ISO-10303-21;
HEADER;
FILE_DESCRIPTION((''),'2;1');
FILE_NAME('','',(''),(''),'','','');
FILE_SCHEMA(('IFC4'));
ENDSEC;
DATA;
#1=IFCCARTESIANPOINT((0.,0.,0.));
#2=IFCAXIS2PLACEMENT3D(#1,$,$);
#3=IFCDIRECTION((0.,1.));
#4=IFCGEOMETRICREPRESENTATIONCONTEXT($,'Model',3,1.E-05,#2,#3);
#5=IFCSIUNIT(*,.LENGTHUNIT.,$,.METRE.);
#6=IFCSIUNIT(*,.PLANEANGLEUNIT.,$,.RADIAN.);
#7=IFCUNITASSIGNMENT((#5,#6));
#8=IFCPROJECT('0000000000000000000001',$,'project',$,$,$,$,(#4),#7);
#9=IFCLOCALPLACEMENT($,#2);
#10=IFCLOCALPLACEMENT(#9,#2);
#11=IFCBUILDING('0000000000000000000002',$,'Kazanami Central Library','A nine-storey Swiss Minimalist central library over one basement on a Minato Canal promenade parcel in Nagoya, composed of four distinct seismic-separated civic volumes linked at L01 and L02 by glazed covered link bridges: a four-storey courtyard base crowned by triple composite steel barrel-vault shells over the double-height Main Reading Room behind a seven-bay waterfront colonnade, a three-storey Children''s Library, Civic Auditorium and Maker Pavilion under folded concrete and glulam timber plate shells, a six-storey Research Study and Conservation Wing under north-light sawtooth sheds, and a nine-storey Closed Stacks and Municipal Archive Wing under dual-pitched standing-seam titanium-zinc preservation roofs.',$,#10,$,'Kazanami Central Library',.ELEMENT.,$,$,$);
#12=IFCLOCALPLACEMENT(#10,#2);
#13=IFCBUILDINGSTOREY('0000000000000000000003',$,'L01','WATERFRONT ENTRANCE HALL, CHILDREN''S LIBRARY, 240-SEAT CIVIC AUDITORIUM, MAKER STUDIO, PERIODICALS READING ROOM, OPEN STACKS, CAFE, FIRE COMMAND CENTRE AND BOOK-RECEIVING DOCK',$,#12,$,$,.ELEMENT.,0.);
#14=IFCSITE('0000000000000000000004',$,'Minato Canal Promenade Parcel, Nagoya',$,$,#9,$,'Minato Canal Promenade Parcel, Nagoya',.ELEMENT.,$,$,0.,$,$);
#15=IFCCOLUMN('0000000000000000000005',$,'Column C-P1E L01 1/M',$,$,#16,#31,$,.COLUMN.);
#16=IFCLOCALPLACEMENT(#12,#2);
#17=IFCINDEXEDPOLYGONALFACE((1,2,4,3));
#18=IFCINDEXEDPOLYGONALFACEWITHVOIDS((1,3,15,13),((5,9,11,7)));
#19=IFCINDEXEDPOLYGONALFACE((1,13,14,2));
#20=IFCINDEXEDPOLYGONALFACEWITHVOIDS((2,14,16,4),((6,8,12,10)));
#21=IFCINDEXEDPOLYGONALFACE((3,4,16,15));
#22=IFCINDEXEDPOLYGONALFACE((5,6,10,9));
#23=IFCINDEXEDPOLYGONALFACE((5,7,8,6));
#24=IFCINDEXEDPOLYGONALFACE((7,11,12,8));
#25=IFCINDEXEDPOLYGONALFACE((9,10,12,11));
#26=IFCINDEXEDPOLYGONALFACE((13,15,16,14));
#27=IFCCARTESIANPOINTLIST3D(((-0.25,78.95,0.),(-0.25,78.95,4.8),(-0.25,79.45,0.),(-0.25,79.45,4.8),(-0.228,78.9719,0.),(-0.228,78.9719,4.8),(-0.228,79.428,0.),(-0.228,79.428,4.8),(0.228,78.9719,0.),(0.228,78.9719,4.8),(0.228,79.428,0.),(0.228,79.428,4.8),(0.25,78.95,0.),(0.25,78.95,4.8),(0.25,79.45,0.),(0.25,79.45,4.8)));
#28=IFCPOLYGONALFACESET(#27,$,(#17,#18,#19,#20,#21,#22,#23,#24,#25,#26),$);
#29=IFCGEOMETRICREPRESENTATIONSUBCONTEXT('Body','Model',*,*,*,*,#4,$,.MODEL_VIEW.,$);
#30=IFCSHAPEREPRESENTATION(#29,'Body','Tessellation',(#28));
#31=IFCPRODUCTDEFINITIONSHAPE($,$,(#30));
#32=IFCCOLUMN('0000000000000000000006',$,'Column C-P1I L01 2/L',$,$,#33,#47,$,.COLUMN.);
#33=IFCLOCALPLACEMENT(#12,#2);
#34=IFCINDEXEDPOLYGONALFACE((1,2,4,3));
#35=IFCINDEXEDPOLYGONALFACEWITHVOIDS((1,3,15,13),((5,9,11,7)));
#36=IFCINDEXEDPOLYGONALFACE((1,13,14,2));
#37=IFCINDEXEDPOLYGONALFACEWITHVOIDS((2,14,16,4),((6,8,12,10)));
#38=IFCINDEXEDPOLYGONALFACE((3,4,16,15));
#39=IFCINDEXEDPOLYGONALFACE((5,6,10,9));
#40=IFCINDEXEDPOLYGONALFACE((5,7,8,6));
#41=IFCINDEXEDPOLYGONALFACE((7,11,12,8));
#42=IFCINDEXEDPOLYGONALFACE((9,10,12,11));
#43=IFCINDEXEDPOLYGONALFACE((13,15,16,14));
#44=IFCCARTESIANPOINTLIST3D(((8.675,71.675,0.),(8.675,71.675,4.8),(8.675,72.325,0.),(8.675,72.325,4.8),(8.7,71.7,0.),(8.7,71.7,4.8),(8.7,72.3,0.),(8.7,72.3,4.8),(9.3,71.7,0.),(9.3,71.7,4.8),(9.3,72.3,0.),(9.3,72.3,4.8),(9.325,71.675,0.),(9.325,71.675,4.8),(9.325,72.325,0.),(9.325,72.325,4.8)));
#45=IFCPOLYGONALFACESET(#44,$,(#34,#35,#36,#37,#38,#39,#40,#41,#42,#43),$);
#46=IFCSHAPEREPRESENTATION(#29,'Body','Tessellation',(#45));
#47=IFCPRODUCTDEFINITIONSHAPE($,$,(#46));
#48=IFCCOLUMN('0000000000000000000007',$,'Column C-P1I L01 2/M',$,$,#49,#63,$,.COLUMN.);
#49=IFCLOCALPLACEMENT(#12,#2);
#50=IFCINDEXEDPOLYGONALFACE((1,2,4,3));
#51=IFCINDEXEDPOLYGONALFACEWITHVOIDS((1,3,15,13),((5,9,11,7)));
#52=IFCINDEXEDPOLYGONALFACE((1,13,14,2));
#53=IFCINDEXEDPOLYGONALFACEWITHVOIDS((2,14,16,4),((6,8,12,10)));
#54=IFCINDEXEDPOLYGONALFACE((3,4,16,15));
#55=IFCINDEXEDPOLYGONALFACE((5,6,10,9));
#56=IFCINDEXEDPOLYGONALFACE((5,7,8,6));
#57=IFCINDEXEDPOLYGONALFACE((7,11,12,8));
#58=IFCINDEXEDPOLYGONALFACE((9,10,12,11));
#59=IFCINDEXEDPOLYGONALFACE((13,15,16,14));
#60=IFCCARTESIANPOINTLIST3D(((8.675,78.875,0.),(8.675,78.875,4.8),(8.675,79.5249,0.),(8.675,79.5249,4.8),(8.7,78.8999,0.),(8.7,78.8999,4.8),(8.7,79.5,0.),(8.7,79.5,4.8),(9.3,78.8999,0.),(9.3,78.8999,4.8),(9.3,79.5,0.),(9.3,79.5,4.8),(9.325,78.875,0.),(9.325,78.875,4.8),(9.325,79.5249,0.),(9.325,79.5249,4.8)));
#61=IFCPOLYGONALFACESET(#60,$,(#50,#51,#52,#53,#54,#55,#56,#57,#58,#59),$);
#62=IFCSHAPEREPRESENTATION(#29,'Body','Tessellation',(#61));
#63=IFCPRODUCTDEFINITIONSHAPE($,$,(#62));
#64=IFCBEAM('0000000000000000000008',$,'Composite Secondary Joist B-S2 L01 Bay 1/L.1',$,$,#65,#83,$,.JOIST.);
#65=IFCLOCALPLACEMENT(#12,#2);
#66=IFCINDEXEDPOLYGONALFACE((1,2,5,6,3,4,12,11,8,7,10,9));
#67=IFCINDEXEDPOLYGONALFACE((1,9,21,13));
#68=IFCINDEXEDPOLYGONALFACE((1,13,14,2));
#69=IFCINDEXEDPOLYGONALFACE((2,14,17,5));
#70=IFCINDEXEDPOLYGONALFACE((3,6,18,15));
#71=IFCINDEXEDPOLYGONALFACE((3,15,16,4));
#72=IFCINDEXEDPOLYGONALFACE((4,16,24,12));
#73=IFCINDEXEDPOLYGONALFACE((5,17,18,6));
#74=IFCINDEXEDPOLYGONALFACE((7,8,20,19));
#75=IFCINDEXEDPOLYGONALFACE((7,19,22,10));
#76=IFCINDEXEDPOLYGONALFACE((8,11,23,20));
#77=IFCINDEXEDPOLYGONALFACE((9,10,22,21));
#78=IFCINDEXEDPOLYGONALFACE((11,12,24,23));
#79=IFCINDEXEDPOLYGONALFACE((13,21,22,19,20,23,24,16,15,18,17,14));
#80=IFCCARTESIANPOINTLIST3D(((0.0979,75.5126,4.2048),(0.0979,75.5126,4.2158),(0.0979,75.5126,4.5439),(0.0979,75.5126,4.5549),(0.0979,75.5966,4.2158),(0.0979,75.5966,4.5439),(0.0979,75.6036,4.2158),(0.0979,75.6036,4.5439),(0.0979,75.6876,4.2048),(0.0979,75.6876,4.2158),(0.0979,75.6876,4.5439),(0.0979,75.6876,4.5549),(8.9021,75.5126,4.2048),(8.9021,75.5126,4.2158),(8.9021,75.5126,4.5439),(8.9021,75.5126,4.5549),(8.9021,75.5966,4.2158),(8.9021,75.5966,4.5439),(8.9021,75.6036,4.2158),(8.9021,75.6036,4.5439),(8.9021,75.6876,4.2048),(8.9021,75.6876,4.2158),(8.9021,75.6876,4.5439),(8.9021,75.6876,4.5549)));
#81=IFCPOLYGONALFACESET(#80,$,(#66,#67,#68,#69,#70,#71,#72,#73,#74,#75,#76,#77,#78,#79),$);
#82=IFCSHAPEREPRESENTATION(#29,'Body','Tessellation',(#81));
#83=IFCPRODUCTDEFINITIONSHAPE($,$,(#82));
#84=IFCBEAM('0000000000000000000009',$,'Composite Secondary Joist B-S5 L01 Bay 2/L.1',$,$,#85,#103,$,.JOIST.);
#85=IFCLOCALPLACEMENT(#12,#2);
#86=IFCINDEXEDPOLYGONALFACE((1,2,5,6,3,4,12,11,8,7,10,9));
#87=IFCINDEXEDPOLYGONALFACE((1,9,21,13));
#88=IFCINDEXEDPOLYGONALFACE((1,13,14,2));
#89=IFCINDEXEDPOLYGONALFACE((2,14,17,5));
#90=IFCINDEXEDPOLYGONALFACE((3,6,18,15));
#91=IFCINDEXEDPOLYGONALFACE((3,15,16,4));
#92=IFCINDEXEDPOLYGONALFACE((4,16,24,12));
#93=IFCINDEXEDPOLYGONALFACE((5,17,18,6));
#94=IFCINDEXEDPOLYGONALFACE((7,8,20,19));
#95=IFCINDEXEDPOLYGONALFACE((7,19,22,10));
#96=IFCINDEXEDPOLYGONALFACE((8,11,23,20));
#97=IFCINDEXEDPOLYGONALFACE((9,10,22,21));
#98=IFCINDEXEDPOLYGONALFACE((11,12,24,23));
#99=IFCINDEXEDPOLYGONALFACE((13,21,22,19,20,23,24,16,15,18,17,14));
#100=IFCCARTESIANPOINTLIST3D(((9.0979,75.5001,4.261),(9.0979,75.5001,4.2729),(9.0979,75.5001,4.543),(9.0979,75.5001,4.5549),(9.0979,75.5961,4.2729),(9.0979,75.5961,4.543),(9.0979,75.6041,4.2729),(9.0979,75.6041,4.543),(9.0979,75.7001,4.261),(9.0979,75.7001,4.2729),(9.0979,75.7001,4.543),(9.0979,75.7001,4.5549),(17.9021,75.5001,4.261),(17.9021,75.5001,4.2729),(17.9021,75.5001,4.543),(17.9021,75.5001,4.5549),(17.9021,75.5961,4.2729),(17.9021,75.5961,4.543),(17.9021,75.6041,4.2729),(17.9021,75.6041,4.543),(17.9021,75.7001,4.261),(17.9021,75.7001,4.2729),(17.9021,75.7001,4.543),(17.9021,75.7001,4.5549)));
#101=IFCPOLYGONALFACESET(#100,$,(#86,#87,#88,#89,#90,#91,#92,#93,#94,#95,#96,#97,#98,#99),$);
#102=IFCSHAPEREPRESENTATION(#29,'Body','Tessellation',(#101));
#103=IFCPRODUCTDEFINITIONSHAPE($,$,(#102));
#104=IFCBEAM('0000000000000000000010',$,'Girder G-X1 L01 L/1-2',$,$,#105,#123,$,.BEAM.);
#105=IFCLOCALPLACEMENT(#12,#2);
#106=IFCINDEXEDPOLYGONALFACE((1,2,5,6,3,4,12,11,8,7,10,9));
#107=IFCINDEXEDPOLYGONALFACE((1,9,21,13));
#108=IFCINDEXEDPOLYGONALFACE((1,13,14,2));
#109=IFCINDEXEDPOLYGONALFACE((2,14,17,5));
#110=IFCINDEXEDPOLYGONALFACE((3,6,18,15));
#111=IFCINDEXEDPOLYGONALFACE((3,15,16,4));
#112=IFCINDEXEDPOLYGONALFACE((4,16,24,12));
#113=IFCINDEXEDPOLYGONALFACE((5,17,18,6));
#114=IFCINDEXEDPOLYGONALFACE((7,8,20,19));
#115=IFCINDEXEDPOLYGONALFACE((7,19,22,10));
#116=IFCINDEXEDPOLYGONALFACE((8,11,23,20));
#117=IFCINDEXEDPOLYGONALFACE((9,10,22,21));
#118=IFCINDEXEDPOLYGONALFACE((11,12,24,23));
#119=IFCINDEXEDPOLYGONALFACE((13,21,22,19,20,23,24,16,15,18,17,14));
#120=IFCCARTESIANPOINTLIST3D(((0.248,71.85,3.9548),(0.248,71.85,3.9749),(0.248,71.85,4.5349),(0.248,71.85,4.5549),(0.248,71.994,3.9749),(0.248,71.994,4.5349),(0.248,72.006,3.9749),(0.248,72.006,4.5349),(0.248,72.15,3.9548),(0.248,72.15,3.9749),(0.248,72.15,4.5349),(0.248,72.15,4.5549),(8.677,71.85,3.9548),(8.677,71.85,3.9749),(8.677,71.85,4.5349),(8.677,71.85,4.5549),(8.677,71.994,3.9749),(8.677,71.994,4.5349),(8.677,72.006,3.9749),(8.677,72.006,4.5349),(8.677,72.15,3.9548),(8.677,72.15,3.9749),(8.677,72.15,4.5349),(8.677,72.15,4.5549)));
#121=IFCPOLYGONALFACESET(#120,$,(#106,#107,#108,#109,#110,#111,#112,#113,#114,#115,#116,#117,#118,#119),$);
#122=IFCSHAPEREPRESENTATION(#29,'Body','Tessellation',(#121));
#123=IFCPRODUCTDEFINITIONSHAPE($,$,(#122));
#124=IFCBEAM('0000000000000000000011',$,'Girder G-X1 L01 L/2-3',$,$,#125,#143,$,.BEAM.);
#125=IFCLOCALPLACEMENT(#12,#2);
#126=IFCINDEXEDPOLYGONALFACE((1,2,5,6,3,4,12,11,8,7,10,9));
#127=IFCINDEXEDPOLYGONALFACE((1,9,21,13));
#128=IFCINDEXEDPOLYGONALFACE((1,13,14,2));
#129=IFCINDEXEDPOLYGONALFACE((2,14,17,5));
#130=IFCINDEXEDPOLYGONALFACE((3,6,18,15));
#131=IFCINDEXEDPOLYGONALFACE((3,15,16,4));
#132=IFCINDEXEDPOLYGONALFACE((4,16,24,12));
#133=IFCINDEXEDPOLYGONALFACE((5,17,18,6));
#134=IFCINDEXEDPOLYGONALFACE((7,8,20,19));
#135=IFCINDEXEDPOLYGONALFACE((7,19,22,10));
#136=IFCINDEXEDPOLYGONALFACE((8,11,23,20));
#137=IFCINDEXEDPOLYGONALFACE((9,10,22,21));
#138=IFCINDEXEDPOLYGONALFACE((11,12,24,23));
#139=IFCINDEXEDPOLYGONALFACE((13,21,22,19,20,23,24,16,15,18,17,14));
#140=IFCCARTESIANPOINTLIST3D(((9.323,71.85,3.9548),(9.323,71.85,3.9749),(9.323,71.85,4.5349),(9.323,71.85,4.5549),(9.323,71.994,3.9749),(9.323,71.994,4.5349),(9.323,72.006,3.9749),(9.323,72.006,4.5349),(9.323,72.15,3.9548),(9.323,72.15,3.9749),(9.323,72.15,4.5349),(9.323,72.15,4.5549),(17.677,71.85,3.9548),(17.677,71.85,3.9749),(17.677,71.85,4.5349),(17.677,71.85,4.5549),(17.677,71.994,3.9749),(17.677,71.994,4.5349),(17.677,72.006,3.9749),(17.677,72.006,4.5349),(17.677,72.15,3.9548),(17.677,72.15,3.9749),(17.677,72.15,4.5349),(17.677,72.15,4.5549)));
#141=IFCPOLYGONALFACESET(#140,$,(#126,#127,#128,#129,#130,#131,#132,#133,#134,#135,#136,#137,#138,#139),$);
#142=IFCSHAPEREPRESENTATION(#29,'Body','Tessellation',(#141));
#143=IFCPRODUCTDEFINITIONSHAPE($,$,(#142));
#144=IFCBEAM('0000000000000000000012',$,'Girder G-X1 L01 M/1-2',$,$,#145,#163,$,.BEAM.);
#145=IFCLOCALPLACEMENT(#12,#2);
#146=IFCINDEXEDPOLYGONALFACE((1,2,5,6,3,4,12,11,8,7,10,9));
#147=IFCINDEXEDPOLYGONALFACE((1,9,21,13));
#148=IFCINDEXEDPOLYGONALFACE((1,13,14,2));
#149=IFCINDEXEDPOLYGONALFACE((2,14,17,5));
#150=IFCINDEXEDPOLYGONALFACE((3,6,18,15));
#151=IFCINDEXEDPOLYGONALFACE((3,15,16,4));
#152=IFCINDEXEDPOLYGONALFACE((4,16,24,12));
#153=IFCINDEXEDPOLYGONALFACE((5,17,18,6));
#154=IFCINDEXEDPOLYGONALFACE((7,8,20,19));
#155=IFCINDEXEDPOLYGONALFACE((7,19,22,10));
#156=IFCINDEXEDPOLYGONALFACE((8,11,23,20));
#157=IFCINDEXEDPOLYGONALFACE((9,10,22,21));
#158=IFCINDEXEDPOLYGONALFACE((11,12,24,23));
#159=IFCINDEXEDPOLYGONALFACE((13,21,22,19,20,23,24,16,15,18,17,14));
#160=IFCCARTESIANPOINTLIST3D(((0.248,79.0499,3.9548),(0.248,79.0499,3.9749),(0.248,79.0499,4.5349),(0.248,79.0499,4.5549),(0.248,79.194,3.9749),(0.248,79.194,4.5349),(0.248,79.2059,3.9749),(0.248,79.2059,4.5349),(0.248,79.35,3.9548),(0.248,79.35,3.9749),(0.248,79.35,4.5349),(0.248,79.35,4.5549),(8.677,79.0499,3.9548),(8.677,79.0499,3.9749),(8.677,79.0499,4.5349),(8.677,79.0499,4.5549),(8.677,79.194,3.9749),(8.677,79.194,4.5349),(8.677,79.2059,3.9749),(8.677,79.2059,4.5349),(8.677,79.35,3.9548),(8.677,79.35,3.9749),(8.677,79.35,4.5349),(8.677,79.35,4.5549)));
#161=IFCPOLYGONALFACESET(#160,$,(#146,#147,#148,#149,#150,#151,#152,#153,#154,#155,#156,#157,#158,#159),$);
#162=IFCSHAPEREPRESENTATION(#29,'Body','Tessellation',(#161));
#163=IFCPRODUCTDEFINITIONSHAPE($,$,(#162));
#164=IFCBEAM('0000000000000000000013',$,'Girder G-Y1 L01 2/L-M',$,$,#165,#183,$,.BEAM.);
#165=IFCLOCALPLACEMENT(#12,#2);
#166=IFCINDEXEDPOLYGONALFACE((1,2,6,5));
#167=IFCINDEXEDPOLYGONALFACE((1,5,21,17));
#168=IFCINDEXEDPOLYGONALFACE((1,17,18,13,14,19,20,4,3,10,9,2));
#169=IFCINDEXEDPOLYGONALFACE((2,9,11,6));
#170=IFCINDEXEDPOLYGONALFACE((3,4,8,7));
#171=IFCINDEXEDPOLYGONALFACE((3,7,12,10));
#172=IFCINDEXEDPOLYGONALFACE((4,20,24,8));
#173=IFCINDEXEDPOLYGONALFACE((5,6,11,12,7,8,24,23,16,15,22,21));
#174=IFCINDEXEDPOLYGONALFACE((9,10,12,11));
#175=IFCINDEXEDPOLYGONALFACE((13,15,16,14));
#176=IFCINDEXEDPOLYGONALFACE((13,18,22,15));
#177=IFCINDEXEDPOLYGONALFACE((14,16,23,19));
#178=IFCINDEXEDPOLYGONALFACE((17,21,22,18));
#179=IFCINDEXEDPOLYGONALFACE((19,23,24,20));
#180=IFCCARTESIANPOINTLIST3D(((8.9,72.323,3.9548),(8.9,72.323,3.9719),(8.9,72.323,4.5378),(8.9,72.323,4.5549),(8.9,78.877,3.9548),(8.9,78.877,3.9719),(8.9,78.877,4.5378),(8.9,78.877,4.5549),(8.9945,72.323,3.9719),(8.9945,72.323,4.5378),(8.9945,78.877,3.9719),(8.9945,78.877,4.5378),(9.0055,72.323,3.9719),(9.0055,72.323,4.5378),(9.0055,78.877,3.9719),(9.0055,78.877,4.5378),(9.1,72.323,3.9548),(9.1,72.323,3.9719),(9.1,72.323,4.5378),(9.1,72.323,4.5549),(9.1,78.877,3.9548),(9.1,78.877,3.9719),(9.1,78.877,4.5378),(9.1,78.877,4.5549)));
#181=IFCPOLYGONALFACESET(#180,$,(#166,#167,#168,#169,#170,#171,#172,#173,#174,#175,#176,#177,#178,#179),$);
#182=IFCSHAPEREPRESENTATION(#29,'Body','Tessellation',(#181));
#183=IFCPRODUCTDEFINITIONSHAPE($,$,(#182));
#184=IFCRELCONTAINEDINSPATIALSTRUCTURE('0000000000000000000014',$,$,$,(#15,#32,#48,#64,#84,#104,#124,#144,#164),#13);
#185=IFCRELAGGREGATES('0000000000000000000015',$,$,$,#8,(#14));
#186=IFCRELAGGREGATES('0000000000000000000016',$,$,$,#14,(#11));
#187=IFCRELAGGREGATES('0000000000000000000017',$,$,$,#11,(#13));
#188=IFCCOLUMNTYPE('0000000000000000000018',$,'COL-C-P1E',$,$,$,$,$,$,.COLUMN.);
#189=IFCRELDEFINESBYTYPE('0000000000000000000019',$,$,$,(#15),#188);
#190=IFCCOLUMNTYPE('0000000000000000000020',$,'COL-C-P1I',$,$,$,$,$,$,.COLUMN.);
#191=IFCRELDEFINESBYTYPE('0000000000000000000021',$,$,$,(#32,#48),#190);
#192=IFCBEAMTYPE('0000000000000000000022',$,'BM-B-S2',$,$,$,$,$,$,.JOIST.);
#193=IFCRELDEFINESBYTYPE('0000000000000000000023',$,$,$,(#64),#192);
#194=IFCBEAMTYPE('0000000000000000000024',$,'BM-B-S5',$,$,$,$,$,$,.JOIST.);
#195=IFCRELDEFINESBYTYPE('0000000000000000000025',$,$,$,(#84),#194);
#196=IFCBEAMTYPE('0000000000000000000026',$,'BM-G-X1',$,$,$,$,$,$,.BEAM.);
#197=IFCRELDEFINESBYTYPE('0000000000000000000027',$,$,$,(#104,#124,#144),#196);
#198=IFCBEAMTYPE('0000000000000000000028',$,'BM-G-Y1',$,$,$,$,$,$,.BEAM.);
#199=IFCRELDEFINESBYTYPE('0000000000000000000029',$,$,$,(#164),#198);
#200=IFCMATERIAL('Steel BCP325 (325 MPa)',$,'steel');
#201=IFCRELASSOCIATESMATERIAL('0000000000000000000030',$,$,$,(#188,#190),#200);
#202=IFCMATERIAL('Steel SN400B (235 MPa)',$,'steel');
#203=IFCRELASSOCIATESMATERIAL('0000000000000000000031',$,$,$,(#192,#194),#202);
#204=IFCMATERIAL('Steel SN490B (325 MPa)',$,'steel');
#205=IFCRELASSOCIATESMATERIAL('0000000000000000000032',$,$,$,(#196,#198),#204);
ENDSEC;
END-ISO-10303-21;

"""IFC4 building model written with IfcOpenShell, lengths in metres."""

from ifc_helpers import new_model, si_unit, direction, frame, origin, origin_2d, place, context, subcontext, project, spatial, hollow_rectangle, i_section, extrude, material, material_profile, profile_set, type_object, element, save


model = new_model("IFC4")

# Units and contexts
model_context = context("Model", 3, precision=1e-05, world=origin(), true_north=direction((0.0, 1.0)))
body_context = subcontext(model_context, "Body", "Model", "MODEL_VIEW")
ifc_project = project(units=[si_unit("LENGTHUNIT", "METRE"), si_unit("PLANEANGLEUNIT", "RADIAN")], contexts=[model_context])

# Site, building, storey
site_placement = place(None, origin())
site = spatial("IfcSite", under=ifc_project, at=site_placement, Name="Minato Canal Promenade Parcel, Nagoya", LongName="Minato Canal Promenade Parcel, Nagoya", CompositionType="ELEMENT", RefElevation=0.0)
building_placement = place(site_placement, origin())
building = spatial("IfcBuilding", under=site, at=building_placement, Name="Kazanami Central Library", Description="A nine-storey Swiss Minimalist central library over one basement on a Minato Canal promenade parcel in Nagoya, composed of four distinct seismic-separated civic volumes linked at L01 and L02 by glazed covered link bridges: a four-storey courtyard base crowned by triple composite steel barrel-vault shells over the double-height Main Reading Room behind a seven-bay waterfront colonnade, a three-storey Children's Library, Civic Auditorium and Maker Pavilion under folded concrete and glulam timber plate shells, a six-storey Research Study and Conservation Wing under north-light sawtooth sheds, and a nine-storey Closed Stacks and Municipal Archive Wing under dual-pitched standing-seam titanium-zinc preservation roofs.", LongName="Kazanami Central Library", CompositionType="ELEMENT")
storey_placement = place(building_placement, origin())
storey = spatial("IfcBuildingStorey", under=building, at=storey_placement, Name="L01", Description="WATERFRONT ENTRANCE HALL, CHILDREN'S LIBRARY, 240-SEAT CIVIC AUDITORIUM, MAKER STUDIO, PERIODICALS READING ROOM, OPEN STACKS, CAFE, FIRE COMMAND CENTRE AND BOOK-RECEIVING DOCK", CompositionType="ELEMENT", Elevation=0.0)

# Columns
ifc_material_1 = material(Name="Steel BCP325 (325 MPa)", Category="steel")
ifc_material_profile_1 = material_profile(ifc_material_1, hollow_rectangle(XDim=0.5, YDim=0.5, WallThickness=0.022, at=origin_2d()), Name="BCP-500x500x22")
ifc_profile_set_1 = profile_set([ifc_material_profile_1], Name="Steel BCP325 (325 MPa)")
column_type_1 = type_object("IfcColumnType", Name="COL-C-P1E", PredefinedType="COLUMN", material=ifc_profile_set_1)
column_placement = place(storey_placement, frame((0.0, 79.2, 0.0), z_axis=(0.0, 0.0, 1.0), x_axis=(1.0, 0.0, 0.0)))
element("IfcColumn", 1, at=column_placement, inside=storey, type_object=column_type_1, Name="Column C-P1E L01 1/M", PredefinedType="COLUMN", context=body_context, shape_type="SweptSolid", body=[
    extrude(hollow_rectangle(XDim=0.5, YDim=0.5, WallThickness=0.022, at=origin_2d()), origin(), (0.0, 0.0, 1.0), 4.8),
])
ifc_material_profile_2 = material_profile(ifc_material_1, hollow_rectangle(XDim=0.6499, YDim=0.6499, WallThickness=0.0249, at=origin_2d()), Name="BCP-650x650x25")
ifc_profile_set_2 = profile_set([ifc_material_profile_2], Name="Steel BCP325 (325 MPa)")
column_type_2 = type_object("IfcColumnType", Name="COL-C-P1I", PredefinedType="COLUMN", material=ifc_profile_set_2)
for number, where, z_axis, x_axis, name in (
    (2, (9.0, 72.0, 0.0), (0.0, 0.0, 1.0), (1.0, 0.0, 0.0), "Column C-P1I L01 2/L"),
    (3, (9.0, 79.2, 0.0), (0.0, 0.0, 1.0), (1.0, 0.0, 0.0), "Column C-P1I L01 2/M"),
):
    element("IfcColumn", number, at=place(storey_placement, frame(where, z_axis=z_axis, x_axis=x_axis)), inside=storey, type_object=column_type_2, Name=name, PredefinedType="COLUMN", context=body_context, shape_type="SweptSolid", body=[
        extrude(hollow_rectangle(XDim=0.6499, YDim=0.6499, WallThickness=0.0249, at=origin_2d()), origin(), (0.0, 0.0, 1.0), 4.8),
    ])

# Beams
ifc_material_2 = material(Name="Steel SN400B (235 MPa)", Category="steel")
ifc_material_profile_3 = material_profile(ifc_material_2, i_section(OverallWidth=0.175, OverallDepth=0.3501, WebThickness=0.0071, FlangeThickness=0.011, at=origin_2d()), Name="H-350x175x7x11")
ifc_profile_set_3 = profile_set([ifc_material_profile_3], Name="Steel SN400B (235 MPa)")
beam_type_1 = type_object("IfcBeamType", Name="BM-B-S2", PredefinedType="JOIST", material=ifc_profile_set_3)
beam_1_placement = place(storey_placement, frame((0.0979, 75.6001, 4.3799), z_axis=(1.0, 0.0, 0.0), x_axis=(0.0, 1.0, 0.0)))
element("IfcBeam", 4, at=beam_1_placement, inside=storey, type_object=beam_type_1, Name="Composite Secondary Joist B-S2 L01 Bay 1/L.1", PredefinedType="JOIST", context=body_context, shape_type="SweptSolid", body=[
    extrude(i_section(OverallWidth=0.175, OverallDepth=0.3501, WebThickness=0.0071, FlangeThickness=0.011, at=origin_2d()), origin(), (0.0, 0.0, 1.0), 8.8042),
])
ifc_material_profile_4 = material_profile(ifc_material_2, i_section(OverallWidth=0.2, OverallDepth=0.2939, WebThickness=0.0081, FlangeThickness=0.012, at=origin_2d()), Name="H-294x200x8x12")
ifc_profile_set_4 = profile_set([ifc_material_profile_4], Name="Steel SN400B (235 MPa)")
beam_type_2 = type_object("IfcBeamType", Name="BM-B-S5", PredefinedType="JOIST", material=ifc_profile_set_4)
beam_2_placement = place(storey_placement, frame((9.0979, 75.6001, 4.408), z_axis=(1.0, 0.0, 0.0), x_axis=(0.0, 1.0, 0.0)))
element("IfcBeam", 5, at=beam_2_placement, inside=storey, type_object=beam_type_2, Name="Composite Secondary Joist B-S5 L01 Bay 2/L.1", PredefinedType="JOIST", context=body_context, shape_type="SweptSolid", body=[
    extrude(i_section(OverallWidth=0.2, OverallDepth=0.2939, WebThickness=0.0081, FlangeThickness=0.012, at=origin_2d()), origin(), (0.0, 0.0, 1.0), 8.8042),
])
ifc_material_3 = material(Name="Steel SN490B (325 MPa)", Category="steel")
ifc_material_profile_5 = material_profile(ifc_material_3, i_section(OverallWidth=0.3, OverallDepth=0.6001, WebThickness=0.012, FlangeThickness=0.02, at=origin_2d()), Name="H-600x300x12x20")
ifc_profile_set_5 = profile_set([ifc_material_profile_5], Name="Steel SN490B (325 MPa)")
beam_type_3 = type_object("IfcBeamType", Name="BM-G-X1", PredefinedType="BEAM", material=ifc_profile_set_5)
beam_3_placement = place(storey_placement, frame((0.248, 72.0, 4.2549), z_axis=(1.0, 0.0, 0.0), x_axis=(0.0, 1.0, 0.0)))
element("IfcBeam", 6, at=beam_3_placement, inside=storey, type_object=beam_type_3, Name="Girder G-X1 L01 L/1-2", PredefinedType="BEAM", context=body_context, shape_type="SweptSolid", body=[
    extrude(i_section(OverallWidth=0.3, OverallDepth=0.6001, WebThickness=0.012, FlangeThickness=0.02, at=origin_2d()), origin(), (0.0, 0.0, 1.0), 8.429),
])
beam_4_placement = place(storey_placement, frame((9.323, 72.0, 4.2549), z_axis=(1.0, 0.0, 0.0), x_axis=(0.0, 1.0, 0.0)))
element("IfcBeam", 7, at=beam_4_placement, inside=storey, type_object=beam_type_3, Name="Girder G-X1 L01 L/2-3", PredefinedType="BEAM", context=body_context, shape_type="SweptSolid", body=[
    extrude(i_section(OverallWidth=0.3, OverallDepth=0.6001, WebThickness=0.012, FlangeThickness=0.02, at=origin_2d()), origin(), (0.0, 0.0, 1.0), 8.354),
])
beam_5_placement = place(storey_placement, frame((0.248, 79.2, 4.2549), z_axis=(1.0, 0.0, 0.0), x_axis=(0.0, 1.0, 0.0)))
element("IfcBeam", 8, at=beam_5_placement, inside=storey, type_object=beam_type_3, Name="Girder G-X1 L01 M/1-2", PredefinedType="BEAM", context=body_context, shape_type="SweptSolid", body=[
    extrude(i_section(OverallWidth=0.3, OverallDepth=0.6001, WebThickness=0.012, FlangeThickness=0.02, at=origin_2d()), origin(), (0.0, 0.0, 1.0), 8.429),
])
ifc_material_profile_6 = material_profile(ifc_material_3, i_section(OverallWidth=0.2, OverallDepth=0.6001, WebThickness=0.011, FlangeThickness=0.0171, at=origin_2d()), Name="H-600x200x11x17")
ifc_profile_set_6 = profile_set([ifc_material_profile_6], Name="Steel SN490B (325 MPa)")
beam_type_4 = type_object("IfcBeamType", Name="BM-G-Y1", PredefinedType="BEAM", material=ifc_profile_set_6)
for number, where, z_axis, x_axis, name in (
    (9, (9.0, 72.323, 4.2549), (0.0, 1.0, 0.0), (-1.0, 0.0, 0.0), "Girder G-Y1 L01 2/L-M"),
):
    element("IfcBeam", number, at=place(storey_placement, frame(where, z_axis=z_axis, x_axis=x_axis)), inside=storey, type_object=beam_type_4, Name=name, PredefinedType="BEAM", context=body_context, shape_type="SweptSolid", body=[
        extrude(i_section(OverallWidth=0.2, OverallDepth=0.6001, WebThickness=0.011, FlangeThickness=0.0171, at=origin_2d()), origin(), (0.0, 0.0, 1.0), 6.554),
    ])

save(model, "model.ifc")
